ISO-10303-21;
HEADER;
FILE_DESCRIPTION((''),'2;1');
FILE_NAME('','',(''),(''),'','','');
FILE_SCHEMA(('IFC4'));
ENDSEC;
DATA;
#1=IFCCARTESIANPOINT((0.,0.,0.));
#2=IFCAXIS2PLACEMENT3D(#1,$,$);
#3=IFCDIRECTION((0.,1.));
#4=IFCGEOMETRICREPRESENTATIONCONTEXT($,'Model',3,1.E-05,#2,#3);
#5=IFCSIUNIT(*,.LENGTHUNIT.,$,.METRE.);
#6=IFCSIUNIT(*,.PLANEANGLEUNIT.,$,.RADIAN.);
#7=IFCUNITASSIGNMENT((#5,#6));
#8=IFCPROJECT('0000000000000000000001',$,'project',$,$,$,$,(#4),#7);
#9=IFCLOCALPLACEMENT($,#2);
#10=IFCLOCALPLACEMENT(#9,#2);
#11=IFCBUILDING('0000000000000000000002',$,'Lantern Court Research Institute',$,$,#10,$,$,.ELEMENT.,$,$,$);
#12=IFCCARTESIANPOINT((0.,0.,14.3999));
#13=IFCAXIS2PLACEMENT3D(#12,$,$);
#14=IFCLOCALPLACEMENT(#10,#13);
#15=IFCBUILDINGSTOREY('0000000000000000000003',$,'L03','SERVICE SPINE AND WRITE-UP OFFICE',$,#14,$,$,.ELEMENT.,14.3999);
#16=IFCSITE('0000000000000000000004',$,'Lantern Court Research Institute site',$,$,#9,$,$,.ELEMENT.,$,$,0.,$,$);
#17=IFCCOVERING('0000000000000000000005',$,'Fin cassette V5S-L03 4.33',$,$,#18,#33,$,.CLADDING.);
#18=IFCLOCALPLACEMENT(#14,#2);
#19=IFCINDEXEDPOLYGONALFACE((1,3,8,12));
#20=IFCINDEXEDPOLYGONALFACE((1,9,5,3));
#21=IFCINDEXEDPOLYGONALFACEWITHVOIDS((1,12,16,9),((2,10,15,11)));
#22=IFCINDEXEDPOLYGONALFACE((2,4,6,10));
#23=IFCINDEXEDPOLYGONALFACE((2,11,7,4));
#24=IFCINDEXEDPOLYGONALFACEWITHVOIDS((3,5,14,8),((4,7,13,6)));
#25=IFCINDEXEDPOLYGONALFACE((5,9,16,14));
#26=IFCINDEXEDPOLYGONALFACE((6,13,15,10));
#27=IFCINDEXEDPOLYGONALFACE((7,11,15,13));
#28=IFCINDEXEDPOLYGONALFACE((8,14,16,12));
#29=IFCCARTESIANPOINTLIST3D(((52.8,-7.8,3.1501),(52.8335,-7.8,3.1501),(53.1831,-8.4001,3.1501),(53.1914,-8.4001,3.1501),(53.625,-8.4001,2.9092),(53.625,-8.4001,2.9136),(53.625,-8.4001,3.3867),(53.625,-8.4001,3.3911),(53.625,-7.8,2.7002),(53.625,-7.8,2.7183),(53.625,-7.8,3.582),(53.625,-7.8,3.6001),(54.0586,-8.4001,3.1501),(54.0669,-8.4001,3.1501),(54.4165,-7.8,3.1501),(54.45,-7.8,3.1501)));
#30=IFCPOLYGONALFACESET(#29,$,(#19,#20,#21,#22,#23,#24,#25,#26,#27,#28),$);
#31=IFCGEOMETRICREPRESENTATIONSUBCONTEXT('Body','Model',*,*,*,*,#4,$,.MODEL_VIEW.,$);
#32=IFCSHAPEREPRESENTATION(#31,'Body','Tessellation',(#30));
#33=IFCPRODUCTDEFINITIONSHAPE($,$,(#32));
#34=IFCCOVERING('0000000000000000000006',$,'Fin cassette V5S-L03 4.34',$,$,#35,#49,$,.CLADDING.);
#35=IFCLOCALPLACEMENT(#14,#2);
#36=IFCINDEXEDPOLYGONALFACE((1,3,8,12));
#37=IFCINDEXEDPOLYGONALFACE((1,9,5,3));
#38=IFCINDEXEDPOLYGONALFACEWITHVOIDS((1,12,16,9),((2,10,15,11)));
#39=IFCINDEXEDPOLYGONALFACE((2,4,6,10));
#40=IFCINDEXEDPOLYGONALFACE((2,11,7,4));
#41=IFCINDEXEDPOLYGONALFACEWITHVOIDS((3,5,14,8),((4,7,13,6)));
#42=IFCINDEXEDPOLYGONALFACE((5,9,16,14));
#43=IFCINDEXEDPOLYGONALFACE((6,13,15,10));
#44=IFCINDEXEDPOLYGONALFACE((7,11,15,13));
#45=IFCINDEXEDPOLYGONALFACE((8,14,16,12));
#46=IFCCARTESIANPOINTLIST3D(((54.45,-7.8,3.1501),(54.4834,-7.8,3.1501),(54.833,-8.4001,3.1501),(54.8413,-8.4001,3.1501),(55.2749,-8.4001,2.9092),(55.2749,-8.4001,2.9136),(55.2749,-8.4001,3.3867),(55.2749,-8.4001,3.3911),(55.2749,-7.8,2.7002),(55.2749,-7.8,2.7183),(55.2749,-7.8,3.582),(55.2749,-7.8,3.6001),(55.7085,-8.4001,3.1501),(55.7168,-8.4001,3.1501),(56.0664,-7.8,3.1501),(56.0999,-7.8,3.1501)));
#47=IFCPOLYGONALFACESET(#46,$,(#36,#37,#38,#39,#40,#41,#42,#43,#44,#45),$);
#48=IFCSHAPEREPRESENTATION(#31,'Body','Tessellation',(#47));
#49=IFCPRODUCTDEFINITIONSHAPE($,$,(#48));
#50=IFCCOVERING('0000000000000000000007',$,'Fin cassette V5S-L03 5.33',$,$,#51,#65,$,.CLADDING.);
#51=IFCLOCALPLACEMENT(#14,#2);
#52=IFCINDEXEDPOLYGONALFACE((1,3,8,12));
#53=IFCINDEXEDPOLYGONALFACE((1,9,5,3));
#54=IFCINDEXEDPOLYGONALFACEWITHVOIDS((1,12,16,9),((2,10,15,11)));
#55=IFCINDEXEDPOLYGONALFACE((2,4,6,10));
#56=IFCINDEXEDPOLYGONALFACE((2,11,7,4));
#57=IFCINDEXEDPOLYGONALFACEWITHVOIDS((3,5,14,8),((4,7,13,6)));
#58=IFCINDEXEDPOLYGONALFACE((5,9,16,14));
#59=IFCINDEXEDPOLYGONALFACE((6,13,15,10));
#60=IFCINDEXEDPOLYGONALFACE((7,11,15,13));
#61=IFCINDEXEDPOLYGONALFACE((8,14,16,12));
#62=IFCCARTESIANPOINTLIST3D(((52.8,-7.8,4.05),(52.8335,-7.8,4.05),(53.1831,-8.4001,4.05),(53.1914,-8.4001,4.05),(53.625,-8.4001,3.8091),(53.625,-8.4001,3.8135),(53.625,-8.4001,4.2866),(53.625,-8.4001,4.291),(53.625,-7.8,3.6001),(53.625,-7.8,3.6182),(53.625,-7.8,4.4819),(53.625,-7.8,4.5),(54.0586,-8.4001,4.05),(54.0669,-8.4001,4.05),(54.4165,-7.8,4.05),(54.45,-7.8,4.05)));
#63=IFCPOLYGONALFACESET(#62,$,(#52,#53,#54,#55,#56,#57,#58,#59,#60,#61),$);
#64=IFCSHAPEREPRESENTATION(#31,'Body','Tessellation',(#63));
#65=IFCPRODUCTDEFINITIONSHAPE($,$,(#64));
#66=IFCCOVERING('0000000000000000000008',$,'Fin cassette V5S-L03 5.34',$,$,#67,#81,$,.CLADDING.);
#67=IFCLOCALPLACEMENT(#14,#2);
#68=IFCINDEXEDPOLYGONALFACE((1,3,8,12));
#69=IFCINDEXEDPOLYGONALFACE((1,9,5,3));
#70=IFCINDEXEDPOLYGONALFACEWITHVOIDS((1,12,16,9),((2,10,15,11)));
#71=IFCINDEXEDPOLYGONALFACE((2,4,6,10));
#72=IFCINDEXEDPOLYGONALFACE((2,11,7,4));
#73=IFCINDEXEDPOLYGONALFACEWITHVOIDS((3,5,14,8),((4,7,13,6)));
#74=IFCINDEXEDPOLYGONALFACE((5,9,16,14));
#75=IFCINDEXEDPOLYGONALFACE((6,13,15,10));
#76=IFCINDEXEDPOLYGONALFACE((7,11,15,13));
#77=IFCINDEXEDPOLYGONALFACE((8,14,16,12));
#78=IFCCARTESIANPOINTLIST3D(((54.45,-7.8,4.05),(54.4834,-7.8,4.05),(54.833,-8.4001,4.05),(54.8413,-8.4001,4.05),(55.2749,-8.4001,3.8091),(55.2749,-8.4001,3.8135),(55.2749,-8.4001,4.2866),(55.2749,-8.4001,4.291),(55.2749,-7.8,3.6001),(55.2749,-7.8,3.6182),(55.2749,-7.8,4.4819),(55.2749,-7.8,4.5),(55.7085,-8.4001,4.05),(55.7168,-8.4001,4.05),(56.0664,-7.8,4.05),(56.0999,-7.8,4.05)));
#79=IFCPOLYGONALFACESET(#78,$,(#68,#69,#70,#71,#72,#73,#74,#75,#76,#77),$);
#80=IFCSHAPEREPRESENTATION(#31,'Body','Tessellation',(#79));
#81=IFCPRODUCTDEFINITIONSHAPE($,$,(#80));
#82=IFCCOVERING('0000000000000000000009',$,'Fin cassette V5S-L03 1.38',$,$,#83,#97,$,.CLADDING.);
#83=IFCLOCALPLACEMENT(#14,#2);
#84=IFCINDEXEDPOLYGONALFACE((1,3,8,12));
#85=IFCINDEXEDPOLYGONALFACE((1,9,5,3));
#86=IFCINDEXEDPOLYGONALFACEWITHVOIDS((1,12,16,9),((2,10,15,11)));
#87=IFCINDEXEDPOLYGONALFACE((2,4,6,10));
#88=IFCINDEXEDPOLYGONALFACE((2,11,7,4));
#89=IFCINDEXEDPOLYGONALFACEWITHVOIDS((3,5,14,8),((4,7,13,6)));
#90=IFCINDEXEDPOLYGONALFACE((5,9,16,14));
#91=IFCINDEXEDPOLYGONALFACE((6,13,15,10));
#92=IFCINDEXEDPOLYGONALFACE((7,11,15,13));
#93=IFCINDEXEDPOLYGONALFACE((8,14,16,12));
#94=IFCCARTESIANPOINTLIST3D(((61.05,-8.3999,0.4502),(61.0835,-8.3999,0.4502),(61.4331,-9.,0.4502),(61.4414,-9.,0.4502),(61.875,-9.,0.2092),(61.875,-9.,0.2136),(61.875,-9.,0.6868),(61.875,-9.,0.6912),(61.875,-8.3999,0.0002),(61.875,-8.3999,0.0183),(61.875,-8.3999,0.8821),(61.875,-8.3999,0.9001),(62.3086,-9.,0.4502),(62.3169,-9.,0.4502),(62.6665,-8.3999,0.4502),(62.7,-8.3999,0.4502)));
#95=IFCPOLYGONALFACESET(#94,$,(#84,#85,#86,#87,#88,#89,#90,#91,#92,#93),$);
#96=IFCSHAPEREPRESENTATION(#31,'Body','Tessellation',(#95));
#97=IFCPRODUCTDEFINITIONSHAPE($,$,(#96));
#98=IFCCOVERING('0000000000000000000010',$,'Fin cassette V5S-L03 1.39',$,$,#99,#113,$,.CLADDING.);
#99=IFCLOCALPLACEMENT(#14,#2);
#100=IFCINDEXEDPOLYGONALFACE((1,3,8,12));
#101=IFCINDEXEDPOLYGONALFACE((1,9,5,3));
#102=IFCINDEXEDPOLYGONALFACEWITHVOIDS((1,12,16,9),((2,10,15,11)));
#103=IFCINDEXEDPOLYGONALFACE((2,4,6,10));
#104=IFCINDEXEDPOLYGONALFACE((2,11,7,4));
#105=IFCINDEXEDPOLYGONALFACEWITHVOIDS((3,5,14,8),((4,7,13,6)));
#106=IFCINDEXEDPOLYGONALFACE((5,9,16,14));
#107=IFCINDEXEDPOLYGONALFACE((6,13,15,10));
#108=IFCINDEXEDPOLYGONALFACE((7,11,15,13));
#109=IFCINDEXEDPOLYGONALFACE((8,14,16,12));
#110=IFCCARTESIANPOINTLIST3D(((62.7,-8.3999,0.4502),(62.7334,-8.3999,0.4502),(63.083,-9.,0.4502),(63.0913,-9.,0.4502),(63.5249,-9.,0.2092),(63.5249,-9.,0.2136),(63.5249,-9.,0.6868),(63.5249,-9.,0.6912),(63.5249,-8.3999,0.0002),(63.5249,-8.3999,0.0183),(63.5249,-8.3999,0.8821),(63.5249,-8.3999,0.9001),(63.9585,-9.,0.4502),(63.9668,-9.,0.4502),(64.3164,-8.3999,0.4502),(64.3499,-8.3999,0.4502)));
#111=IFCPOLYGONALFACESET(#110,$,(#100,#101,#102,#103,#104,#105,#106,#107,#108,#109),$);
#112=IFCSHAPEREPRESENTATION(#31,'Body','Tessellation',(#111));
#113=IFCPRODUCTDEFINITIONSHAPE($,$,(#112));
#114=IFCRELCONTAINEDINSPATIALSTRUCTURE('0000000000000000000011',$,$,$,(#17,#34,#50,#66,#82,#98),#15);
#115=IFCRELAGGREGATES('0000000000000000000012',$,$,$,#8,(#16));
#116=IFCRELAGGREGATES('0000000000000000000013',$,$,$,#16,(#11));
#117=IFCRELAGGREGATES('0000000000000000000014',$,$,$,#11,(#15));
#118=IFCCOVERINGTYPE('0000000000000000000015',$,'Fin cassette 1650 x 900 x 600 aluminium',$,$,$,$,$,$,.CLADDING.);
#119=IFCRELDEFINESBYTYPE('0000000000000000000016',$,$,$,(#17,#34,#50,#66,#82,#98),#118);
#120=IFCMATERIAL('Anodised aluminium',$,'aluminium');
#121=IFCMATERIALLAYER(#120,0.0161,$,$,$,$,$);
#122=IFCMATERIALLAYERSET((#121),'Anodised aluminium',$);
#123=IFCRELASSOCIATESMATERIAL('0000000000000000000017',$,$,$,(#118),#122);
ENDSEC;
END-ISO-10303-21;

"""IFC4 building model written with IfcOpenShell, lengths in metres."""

from ifc_helpers import new_model, entity, si_unit, direction, frame, origin, place, context, subcontext, project, spatial, material, layer, layer_set, type_object, element, save


model = new_model("IFC4")

# Units and contexts
model_context = context("Model", 3, precision=1e-05, world=origin(), true_north=direction((0.0, 1.0)))
body_context = subcontext(model_context, "Body", "Model", "MODEL_VIEW")
ifc_project = project(units=[si_unit("LENGTHUNIT", "METRE"), si_unit("PLANEANGLEUNIT", "RADIAN")], contexts=[model_context])

# Site, building, storey
site_placement = place(None, origin())
site = spatial("IfcSite", under=ifc_project, at=site_placement, Name="Lantern Court Research Institute site", CompositionType="ELEMENT", RefElevation=0.0)
building_placement = place(site_placement, origin())
building = spatial("IfcBuilding", under=site, at=building_placement, Name="Lantern Court Research Institute", CompositionType="ELEMENT")
storey_placement = place(building_placement, frame((0.0, 0.0, 14.3999)))
storey = spatial("IfcBuildingStorey", under=building, at=storey_placement, Name="L03", Description="SERVICE SPINE AND WRITE-UP OFFICE", CompositionType="ELEMENT", Elevation=14.3999)

# Coverings
ifc_material_1 = material(Name="Anodised aluminium", Category="aluminium")
ifc_layer_1 = layer(ifc_material_1, 0.0161)
ifc_layer_set_1 = layer_set([ifc_layer_1], Name="Anodised aluminium")
covering_type = type_object("IfcCoveringType", Name="Fin cassette 1650 x 900 x 600 aluminium", PredefinedType="CLADDING", material=ifc_layer_set_1)
covering_1_placement = place(storey_placement, frame((53.625, -7.8, 3.1501), z_axis=(0.0, -1.0, 0.0), x_axis=(1.0, 0.0, 0.0)))
cartesian_point_1 = entity("IfcCartesianPoint", [0.825, 0.0])
cartesian_point_2 = entity("IfcCartesianPoint", [0.7915, 0.0])
cartesian_point_3 = entity("IfcCartesianPoint", [0.4419, 0.0])
cartesian_point_4 = entity("IfcCartesianPoint", [0.4336, 0.0])
element("IfcCovering", 1, at=covering_1_placement, inside=storey, type_object=covering_type, Name="Fin cassette V5S-L03 4.33", PredefinedType="CLADDING", context=body_context, shape_type="SweptSolid", body=[
    entity("IfcExtrudedAreaSolidTapered", entity("IfcArbitraryProfileDefWithVoids", "AREA", None, entity("IfcPolyline", [cartesian_point_1, entity("IfcCartesianPoint", [0.0, 0.45]), entity("IfcCartesianPoint", [-0.825, 0.0]), entity("IfcCartesianPoint", [0.0, -0.45]), cartesian_point_1]), [entity("IfcPolyline", [cartesian_point_2, entity("IfcCartesianPoint", [0.0, 0.4319]), entity("IfcCartesianPoint", [-0.7915, 0.0]), entity("IfcCartesianPoint", [0.0, -0.4319]), cartesian_point_2])]), entity("IfcAxis2Placement3D", entity("IfcCartesianPoint", [0.0, 0.0, 0.0])), entity("IfcDirection", [0.0, 0.0, 1.0]), 0.6001, entity("IfcArbitraryProfileDefWithVoids", "AREA", None, entity("IfcPolyline", [cartesian_point_3, entity("IfcCartesianPoint", [0.0, 0.241]), entity("IfcCartesianPoint", [-0.4419, 0.0]), entity("IfcCartesianPoint", [0.0, -0.241]), cartesian_point_3]), [entity("IfcPolyline", [cartesian_point_4, entity("IfcCartesianPoint", [0.0, 0.2366]), entity("IfcCartesianPoint", [-0.4336, 0.0]), entity("IfcCartesianPoint", [0.0, -0.2366]), cartesian_point_4])])),
])
covering_2_placement = place(storey_placement, frame((55.2749, -7.8, 3.1501), z_axis=(0.0, -1.0, 0.0), x_axis=(1.0, 0.0, 0.0)))
cartesian_point_5 = entity("IfcCartesianPoint", [0.825, 0.0])
cartesian_point_6 = entity("IfcCartesianPoint", [0.7915, 0.0])
cartesian_point_7 = entity("IfcCartesianPoint", [0.4419, 0.0])
cartesian_point_8 = entity("IfcCartesianPoint", [0.4336, 0.0])
element("IfcCovering", 2, at=covering_2_placement, inside=storey, type_object=covering_type, Name="Fin cassette V5S-L03 4.34", PredefinedType="CLADDING", context=body_context, shape_type="SweptSolid", body=[
    entity("IfcExtrudedAreaSolidTapered", entity("IfcArbitraryProfileDefWithVoids", "AREA", None, entity("IfcPolyline", [cartesian_point_5, entity("IfcCartesianPoint", [0.0, 0.45]), entity("IfcCartesianPoint", [-0.825, 0.0]), entity("IfcCartesianPoint", [0.0, -0.45]), cartesian_point_5]), [entity("IfcPolyline", [cartesian_point_6, entity("IfcCartesianPoint", [0.0, 0.4319]), entity("IfcCartesianPoint", [-0.7915, 0.0]), entity("IfcCartesianPoint", [0.0, -0.4319]), cartesian_point_6])]), entity("IfcAxis2Placement3D", entity("IfcCartesianPoint", [0.0, 0.0, 0.0])), entity("IfcDirection", [0.0, 0.0, 1.0]), 0.6001, entity("IfcArbitraryProfileDefWithVoids", "AREA", None, entity("IfcPolyline", [cartesian_point_7, entity("IfcCartesianPoint", [0.0, 0.241]), entity("IfcCartesianPoint", [-0.4419, 0.0]), entity("IfcCartesianPoint", [0.0, -0.241]), cartesian_point_7]), [entity("IfcPolyline", [cartesian_point_8, entity("IfcCartesianPoint", [0.0, 0.2366]), entity("IfcCartesianPoint", [-0.4336, 0.0]), entity("IfcCartesianPoint", [0.0, -0.2366]), cartesian_point_8])])),
])
covering_3_placement = place(storey_placement, frame((53.625, -7.8, 4.05), z_axis=(0.0, -1.0, 0.0), x_axis=(1.0, 0.0, 0.0)))
cartesian_point_9 = entity("IfcCartesianPoint", [0.825, 0.0])
cartesian_point_10 = entity("IfcCartesianPoint", [0.7915, 0.0])
cartesian_point_11 = entity("IfcCartesianPoint", [0.4419, 0.0])
cartesian_point_12 = entity("IfcCartesianPoint", [0.4336, 0.0])
element("IfcCovering", 3, at=covering_3_placement, inside=storey, type_object=covering_type, Name="Fin cassette V5S-L03 5.33", PredefinedType="CLADDING", context=body_context, shape_type="SweptSolid", body=[
    entity("IfcExtrudedAreaSolidTapered", entity("IfcArbitraryProfileDefWithVoids", "AREA", None, entity("IfcPolyline", [cartesian_point_9, entity("IfcCartesianPoint", [0.0, 0.45]), entity("IfcCartesianPoint", [-0.825, 0.0]), entity("IfcCartesianPoint", [0.0, -0.45]), cartesian_point_9]), [entity("IfcPolyline", [cartesian_point_10, entity("IfcCartesianPoint", [0.0, 0.4319]), entity("IfcCartesianPoint", [-0.7915, 0.0]), entity("IfcCartesianPoint", [0.0, -0.4319]), cartesian_point_10])]), entity("IfcAxis2Placement3D", entity("IfcCartesianPoint", [0.0, 0.0, 0.0])), entity("IfcDirection", [0.0, 0.0, 1.0]), 0.6001, entity("IfcArbitraryProfileDefWithVoids", "AREA", None, entity("IfcPolyline", [cartesian_point_11, entity("IfcCartesianPoint", [0.0, 0.241]), entity("IfcCartesianPoint", [-0.4419, 0.0]), entity("IfcCartesianPoint", [0.0, -0.241]), cartesian_point_11]), [entity("IfcPolyline", [cartesian_point_12, entity("IfcCartesianPoint", [0.0, 0.2366]), entity("IfcCartesianPoint", [-0.4336, 0.0]), entity("IfcCartesianPoint", [0.0, -0.2366]), cartesian_point_12])])),
])
covering_4_placement = place(storey_placement, frame((55.2749, -7.8, 4.05), z_axis=(0.0, -1.0, 0.0), x_axis=(1.0, 0.0, 0.0)))
cartesian_point_13 = entity("IfcCartesianPoint", [0.825, 0.0])
cartesian_point_14 = entity("IfcCartesianPoint", [0.7915, 0.0])
cartesian_point_15 = entity("IfcCartesianPoint", [0.4419, 0.0])
cartesian_point_16 = entity("IfcCartesianPoint", [0.4336, 0.0])
element("IfcCovering", 4, at=covering_4_placement, inside=storey, type_object=covering_type, Name="Fin cassette V5S-L03 5.34", PredefinedType="CLADDING", context=body_context, shape_type="SweptSolid", body=[
    entity("IfcExtrudedAreaSolidTapered", entity("IfcArbitraryProfileDefWithVoids", "AREA", None, entity("IfcPolyline", [cartesian_point_13, entity("IfcCartesianPoint", [0.0, 0.45]), entity("IfcCartesianPoint", [-0.825, 0.0]), entity("IfcCartesianPoint", [0.0, -0.45]), cartesian_point_13]), [entity("IfcPolyline", [cartesian_point_14, entity("IfcCartesianPoint", [0.0, 0.4319]), entity("IfcCartesianPoint", [-0.7915, 0.0]), entity("IfcCartesianPoint", [0.0, -0.4319]), cartesian_point_14])]), entity("IfcAxis2Placement3D", entity("IfcCartesianPoint", [0.0, 0.0, 0.0])), entity("IfcDirection", [0.0, 0.0, 1.0]), 0.6001, entity("IfcArbitraryProfileDefWithVoids", "AREA", None, entity("IfcPolyline", [cartesian_point_15, entity("IfcCartesianPoint", [0.0, 0.241]), entity("IfcCartesianPoint", [-0.4419, 0.0]), entity("IfcCartesianPoint", [0.0, -0.241]), cartesian_point_15]), [entity("IfcPolyline", [cartesian_point_16, entity("IfcCartesianPoint", [0.0, 0.2366]), entity("IfcCartesianPoint", [-0.4336, 0.0]), entity("IfcCartesianPoint", [0.0, -0.2366]), cartesian_point_16])])),
])
covering_5_placement = place(storey_placement, frame((61.875, -8.3999, 0.4502), z_axis=(0.0, -1.0, 0.0), x_axis=(1.0, 0.0, 0.0)))
cartesian_point_17 = entity("IfcCartesianPoint", [0.825, 0.0])
cartesian_point_18 = entity("IfcCartesianPoint", [0.7915, 0.0])
cartesian_point_19 = entity("IfcCartesianPoint", [0.4419, 0.0])
cartesian_point_20 = entity("IfcCartesianPoint", [0.4336, 0.0])
element("IfcCovering", 5, at=covering_5_placement, inside=storey, type_object=covering_type, Name="Fin cassette V5S-L03 1.38", PredefinedType="CLADDING", context=body_context, shape_type="SweptSolid", body=[
    entity("IfcExtrudedAreaSolidTapered", entity("IfcArbitraryProfileDefWithVoids", "AREA", None, entity("IfcPolyline", [cartesian_point_17, entity("IfcCartesianPoint", [0.0, 0.45]), entity("IfcCartesianPoint", [-0.825, 0.0]), entity("IfcCartesianPoint", [0.0, -0.45]), cartesian_point_17]), [entity("IfcPolyline", [cartesian_point_18, entity("IfcCartesianPoint", [0.0, 0.4319]), entity("IfcCartesianPoint", [-0.7915, 0.0]), entity("IfcCartesianPoint", [0.0, -0.4319]), cartesian_point_18])]), entity("IfcAxis2Placement3D", entity("IfcCartesianPoint", [0.0, 0.0, 0.0])), entity("IfcDirection", [0.0, 0.0, 1.0]), 0.6001, entity("IfcArbitraryProfileDefWithVoids", "AREA", None, entity("IfcPolyline", [cartesian_point_19, entity("IfcCartesianPoint", [0.0, 0.241]), entity("IfcCartesianPoint", [-0.4419, 0.0]), entity("IfcCartesianPoint", [0.0, -0.241]), cartesian_point_19]), [entity("IfcPolyline", [cartesian_point_20, entity("IfcCartesianPoint", [0.0, 0.2366]), entity("IfcCartesianPoint", [-0.4336, 0.0]), entity("IfcCartesianPoint", [0.0, -0.2366]), cartesian_point_20])])),
])
covering_6_placement = place(storey_placement, frame((63.5249, -8.3999, 0.4502), z_axis=(0.0, -1.0, 0.0), x_axis=(1.0, 0.0, 0.0)))
cartesian_point_21 = entity("IfcCartesianPoint", [0.825, 0.0])
cartesian_point_22 = entity("IfcCartesianPoint", [0.7915, 0.0])
cartesian_point_23 = entity("IfcCartesianPoint", [0.4419, 0.0])
cartesian_point_24 = entity("IfcCartesianPoint", [0.4336, 0.0])
element("IfcCovering", 6, at=covering_6_placement, inside=storey, type_object=covering_type, Name="Fin cassette V5S-L03 1.39", PredefinedType="CLADDING", context=body_context, shape_type="SweptSolid", body=[
    entity("IfcExtrudedAreaSolidTapered", entity("IfcArbitraryProfileDefWithVoids", "AREA", None, entity("IfcPolyline", [cartesian_point_21, entity("IfcCartesianPoint", [0.0, 0.45]), entity("IfcCartesianPoint", [-0.825, 0.0]), entity("IfcCartesianPoint", [0.0, -0.45]), cartesian_point_21]), [entity("IfcPolyline", [cartesian_point_22, entity("IfcCartesianPoint", [0.0, 0.4319]), entity("IfcCartesianPoint", [-0.7915, 0.0]), entity("IfcCartesianPoint", [0.0, -0.4319]), cartesian_point_22])]), entity("IfcAxis2Placement3D", entity("IfcCartesianPoint", [0.0, 0.0, 0.0])), entity("IfcDirection", [0.0, 0.0, 1.0]), 0.6001, entity("IfcArbitraryProfileDefWithVoids", "AREA", None, entity("IfcPolyline", [cartesian_point_23, entity("IfcCartesianPoint", [0.0, 0.241]), entity("IfcCartesianPoint", [-0.4419, 0.0]), entity("IfcCartesianPoint", [0.0, -0.241]), cartesian_point_23]), [entity("IfcPolyline", [cartesian_point_24, entity("IfcCartesianPoint", [0.0, 0.2366]), entity("IfcCartesianPoint", [-0.4336, 0.0]), entity("IfcCartesianPoint", [0.0, -0.2366]), cartesian_point_24])])),
])

save(model, "model.ifc")
